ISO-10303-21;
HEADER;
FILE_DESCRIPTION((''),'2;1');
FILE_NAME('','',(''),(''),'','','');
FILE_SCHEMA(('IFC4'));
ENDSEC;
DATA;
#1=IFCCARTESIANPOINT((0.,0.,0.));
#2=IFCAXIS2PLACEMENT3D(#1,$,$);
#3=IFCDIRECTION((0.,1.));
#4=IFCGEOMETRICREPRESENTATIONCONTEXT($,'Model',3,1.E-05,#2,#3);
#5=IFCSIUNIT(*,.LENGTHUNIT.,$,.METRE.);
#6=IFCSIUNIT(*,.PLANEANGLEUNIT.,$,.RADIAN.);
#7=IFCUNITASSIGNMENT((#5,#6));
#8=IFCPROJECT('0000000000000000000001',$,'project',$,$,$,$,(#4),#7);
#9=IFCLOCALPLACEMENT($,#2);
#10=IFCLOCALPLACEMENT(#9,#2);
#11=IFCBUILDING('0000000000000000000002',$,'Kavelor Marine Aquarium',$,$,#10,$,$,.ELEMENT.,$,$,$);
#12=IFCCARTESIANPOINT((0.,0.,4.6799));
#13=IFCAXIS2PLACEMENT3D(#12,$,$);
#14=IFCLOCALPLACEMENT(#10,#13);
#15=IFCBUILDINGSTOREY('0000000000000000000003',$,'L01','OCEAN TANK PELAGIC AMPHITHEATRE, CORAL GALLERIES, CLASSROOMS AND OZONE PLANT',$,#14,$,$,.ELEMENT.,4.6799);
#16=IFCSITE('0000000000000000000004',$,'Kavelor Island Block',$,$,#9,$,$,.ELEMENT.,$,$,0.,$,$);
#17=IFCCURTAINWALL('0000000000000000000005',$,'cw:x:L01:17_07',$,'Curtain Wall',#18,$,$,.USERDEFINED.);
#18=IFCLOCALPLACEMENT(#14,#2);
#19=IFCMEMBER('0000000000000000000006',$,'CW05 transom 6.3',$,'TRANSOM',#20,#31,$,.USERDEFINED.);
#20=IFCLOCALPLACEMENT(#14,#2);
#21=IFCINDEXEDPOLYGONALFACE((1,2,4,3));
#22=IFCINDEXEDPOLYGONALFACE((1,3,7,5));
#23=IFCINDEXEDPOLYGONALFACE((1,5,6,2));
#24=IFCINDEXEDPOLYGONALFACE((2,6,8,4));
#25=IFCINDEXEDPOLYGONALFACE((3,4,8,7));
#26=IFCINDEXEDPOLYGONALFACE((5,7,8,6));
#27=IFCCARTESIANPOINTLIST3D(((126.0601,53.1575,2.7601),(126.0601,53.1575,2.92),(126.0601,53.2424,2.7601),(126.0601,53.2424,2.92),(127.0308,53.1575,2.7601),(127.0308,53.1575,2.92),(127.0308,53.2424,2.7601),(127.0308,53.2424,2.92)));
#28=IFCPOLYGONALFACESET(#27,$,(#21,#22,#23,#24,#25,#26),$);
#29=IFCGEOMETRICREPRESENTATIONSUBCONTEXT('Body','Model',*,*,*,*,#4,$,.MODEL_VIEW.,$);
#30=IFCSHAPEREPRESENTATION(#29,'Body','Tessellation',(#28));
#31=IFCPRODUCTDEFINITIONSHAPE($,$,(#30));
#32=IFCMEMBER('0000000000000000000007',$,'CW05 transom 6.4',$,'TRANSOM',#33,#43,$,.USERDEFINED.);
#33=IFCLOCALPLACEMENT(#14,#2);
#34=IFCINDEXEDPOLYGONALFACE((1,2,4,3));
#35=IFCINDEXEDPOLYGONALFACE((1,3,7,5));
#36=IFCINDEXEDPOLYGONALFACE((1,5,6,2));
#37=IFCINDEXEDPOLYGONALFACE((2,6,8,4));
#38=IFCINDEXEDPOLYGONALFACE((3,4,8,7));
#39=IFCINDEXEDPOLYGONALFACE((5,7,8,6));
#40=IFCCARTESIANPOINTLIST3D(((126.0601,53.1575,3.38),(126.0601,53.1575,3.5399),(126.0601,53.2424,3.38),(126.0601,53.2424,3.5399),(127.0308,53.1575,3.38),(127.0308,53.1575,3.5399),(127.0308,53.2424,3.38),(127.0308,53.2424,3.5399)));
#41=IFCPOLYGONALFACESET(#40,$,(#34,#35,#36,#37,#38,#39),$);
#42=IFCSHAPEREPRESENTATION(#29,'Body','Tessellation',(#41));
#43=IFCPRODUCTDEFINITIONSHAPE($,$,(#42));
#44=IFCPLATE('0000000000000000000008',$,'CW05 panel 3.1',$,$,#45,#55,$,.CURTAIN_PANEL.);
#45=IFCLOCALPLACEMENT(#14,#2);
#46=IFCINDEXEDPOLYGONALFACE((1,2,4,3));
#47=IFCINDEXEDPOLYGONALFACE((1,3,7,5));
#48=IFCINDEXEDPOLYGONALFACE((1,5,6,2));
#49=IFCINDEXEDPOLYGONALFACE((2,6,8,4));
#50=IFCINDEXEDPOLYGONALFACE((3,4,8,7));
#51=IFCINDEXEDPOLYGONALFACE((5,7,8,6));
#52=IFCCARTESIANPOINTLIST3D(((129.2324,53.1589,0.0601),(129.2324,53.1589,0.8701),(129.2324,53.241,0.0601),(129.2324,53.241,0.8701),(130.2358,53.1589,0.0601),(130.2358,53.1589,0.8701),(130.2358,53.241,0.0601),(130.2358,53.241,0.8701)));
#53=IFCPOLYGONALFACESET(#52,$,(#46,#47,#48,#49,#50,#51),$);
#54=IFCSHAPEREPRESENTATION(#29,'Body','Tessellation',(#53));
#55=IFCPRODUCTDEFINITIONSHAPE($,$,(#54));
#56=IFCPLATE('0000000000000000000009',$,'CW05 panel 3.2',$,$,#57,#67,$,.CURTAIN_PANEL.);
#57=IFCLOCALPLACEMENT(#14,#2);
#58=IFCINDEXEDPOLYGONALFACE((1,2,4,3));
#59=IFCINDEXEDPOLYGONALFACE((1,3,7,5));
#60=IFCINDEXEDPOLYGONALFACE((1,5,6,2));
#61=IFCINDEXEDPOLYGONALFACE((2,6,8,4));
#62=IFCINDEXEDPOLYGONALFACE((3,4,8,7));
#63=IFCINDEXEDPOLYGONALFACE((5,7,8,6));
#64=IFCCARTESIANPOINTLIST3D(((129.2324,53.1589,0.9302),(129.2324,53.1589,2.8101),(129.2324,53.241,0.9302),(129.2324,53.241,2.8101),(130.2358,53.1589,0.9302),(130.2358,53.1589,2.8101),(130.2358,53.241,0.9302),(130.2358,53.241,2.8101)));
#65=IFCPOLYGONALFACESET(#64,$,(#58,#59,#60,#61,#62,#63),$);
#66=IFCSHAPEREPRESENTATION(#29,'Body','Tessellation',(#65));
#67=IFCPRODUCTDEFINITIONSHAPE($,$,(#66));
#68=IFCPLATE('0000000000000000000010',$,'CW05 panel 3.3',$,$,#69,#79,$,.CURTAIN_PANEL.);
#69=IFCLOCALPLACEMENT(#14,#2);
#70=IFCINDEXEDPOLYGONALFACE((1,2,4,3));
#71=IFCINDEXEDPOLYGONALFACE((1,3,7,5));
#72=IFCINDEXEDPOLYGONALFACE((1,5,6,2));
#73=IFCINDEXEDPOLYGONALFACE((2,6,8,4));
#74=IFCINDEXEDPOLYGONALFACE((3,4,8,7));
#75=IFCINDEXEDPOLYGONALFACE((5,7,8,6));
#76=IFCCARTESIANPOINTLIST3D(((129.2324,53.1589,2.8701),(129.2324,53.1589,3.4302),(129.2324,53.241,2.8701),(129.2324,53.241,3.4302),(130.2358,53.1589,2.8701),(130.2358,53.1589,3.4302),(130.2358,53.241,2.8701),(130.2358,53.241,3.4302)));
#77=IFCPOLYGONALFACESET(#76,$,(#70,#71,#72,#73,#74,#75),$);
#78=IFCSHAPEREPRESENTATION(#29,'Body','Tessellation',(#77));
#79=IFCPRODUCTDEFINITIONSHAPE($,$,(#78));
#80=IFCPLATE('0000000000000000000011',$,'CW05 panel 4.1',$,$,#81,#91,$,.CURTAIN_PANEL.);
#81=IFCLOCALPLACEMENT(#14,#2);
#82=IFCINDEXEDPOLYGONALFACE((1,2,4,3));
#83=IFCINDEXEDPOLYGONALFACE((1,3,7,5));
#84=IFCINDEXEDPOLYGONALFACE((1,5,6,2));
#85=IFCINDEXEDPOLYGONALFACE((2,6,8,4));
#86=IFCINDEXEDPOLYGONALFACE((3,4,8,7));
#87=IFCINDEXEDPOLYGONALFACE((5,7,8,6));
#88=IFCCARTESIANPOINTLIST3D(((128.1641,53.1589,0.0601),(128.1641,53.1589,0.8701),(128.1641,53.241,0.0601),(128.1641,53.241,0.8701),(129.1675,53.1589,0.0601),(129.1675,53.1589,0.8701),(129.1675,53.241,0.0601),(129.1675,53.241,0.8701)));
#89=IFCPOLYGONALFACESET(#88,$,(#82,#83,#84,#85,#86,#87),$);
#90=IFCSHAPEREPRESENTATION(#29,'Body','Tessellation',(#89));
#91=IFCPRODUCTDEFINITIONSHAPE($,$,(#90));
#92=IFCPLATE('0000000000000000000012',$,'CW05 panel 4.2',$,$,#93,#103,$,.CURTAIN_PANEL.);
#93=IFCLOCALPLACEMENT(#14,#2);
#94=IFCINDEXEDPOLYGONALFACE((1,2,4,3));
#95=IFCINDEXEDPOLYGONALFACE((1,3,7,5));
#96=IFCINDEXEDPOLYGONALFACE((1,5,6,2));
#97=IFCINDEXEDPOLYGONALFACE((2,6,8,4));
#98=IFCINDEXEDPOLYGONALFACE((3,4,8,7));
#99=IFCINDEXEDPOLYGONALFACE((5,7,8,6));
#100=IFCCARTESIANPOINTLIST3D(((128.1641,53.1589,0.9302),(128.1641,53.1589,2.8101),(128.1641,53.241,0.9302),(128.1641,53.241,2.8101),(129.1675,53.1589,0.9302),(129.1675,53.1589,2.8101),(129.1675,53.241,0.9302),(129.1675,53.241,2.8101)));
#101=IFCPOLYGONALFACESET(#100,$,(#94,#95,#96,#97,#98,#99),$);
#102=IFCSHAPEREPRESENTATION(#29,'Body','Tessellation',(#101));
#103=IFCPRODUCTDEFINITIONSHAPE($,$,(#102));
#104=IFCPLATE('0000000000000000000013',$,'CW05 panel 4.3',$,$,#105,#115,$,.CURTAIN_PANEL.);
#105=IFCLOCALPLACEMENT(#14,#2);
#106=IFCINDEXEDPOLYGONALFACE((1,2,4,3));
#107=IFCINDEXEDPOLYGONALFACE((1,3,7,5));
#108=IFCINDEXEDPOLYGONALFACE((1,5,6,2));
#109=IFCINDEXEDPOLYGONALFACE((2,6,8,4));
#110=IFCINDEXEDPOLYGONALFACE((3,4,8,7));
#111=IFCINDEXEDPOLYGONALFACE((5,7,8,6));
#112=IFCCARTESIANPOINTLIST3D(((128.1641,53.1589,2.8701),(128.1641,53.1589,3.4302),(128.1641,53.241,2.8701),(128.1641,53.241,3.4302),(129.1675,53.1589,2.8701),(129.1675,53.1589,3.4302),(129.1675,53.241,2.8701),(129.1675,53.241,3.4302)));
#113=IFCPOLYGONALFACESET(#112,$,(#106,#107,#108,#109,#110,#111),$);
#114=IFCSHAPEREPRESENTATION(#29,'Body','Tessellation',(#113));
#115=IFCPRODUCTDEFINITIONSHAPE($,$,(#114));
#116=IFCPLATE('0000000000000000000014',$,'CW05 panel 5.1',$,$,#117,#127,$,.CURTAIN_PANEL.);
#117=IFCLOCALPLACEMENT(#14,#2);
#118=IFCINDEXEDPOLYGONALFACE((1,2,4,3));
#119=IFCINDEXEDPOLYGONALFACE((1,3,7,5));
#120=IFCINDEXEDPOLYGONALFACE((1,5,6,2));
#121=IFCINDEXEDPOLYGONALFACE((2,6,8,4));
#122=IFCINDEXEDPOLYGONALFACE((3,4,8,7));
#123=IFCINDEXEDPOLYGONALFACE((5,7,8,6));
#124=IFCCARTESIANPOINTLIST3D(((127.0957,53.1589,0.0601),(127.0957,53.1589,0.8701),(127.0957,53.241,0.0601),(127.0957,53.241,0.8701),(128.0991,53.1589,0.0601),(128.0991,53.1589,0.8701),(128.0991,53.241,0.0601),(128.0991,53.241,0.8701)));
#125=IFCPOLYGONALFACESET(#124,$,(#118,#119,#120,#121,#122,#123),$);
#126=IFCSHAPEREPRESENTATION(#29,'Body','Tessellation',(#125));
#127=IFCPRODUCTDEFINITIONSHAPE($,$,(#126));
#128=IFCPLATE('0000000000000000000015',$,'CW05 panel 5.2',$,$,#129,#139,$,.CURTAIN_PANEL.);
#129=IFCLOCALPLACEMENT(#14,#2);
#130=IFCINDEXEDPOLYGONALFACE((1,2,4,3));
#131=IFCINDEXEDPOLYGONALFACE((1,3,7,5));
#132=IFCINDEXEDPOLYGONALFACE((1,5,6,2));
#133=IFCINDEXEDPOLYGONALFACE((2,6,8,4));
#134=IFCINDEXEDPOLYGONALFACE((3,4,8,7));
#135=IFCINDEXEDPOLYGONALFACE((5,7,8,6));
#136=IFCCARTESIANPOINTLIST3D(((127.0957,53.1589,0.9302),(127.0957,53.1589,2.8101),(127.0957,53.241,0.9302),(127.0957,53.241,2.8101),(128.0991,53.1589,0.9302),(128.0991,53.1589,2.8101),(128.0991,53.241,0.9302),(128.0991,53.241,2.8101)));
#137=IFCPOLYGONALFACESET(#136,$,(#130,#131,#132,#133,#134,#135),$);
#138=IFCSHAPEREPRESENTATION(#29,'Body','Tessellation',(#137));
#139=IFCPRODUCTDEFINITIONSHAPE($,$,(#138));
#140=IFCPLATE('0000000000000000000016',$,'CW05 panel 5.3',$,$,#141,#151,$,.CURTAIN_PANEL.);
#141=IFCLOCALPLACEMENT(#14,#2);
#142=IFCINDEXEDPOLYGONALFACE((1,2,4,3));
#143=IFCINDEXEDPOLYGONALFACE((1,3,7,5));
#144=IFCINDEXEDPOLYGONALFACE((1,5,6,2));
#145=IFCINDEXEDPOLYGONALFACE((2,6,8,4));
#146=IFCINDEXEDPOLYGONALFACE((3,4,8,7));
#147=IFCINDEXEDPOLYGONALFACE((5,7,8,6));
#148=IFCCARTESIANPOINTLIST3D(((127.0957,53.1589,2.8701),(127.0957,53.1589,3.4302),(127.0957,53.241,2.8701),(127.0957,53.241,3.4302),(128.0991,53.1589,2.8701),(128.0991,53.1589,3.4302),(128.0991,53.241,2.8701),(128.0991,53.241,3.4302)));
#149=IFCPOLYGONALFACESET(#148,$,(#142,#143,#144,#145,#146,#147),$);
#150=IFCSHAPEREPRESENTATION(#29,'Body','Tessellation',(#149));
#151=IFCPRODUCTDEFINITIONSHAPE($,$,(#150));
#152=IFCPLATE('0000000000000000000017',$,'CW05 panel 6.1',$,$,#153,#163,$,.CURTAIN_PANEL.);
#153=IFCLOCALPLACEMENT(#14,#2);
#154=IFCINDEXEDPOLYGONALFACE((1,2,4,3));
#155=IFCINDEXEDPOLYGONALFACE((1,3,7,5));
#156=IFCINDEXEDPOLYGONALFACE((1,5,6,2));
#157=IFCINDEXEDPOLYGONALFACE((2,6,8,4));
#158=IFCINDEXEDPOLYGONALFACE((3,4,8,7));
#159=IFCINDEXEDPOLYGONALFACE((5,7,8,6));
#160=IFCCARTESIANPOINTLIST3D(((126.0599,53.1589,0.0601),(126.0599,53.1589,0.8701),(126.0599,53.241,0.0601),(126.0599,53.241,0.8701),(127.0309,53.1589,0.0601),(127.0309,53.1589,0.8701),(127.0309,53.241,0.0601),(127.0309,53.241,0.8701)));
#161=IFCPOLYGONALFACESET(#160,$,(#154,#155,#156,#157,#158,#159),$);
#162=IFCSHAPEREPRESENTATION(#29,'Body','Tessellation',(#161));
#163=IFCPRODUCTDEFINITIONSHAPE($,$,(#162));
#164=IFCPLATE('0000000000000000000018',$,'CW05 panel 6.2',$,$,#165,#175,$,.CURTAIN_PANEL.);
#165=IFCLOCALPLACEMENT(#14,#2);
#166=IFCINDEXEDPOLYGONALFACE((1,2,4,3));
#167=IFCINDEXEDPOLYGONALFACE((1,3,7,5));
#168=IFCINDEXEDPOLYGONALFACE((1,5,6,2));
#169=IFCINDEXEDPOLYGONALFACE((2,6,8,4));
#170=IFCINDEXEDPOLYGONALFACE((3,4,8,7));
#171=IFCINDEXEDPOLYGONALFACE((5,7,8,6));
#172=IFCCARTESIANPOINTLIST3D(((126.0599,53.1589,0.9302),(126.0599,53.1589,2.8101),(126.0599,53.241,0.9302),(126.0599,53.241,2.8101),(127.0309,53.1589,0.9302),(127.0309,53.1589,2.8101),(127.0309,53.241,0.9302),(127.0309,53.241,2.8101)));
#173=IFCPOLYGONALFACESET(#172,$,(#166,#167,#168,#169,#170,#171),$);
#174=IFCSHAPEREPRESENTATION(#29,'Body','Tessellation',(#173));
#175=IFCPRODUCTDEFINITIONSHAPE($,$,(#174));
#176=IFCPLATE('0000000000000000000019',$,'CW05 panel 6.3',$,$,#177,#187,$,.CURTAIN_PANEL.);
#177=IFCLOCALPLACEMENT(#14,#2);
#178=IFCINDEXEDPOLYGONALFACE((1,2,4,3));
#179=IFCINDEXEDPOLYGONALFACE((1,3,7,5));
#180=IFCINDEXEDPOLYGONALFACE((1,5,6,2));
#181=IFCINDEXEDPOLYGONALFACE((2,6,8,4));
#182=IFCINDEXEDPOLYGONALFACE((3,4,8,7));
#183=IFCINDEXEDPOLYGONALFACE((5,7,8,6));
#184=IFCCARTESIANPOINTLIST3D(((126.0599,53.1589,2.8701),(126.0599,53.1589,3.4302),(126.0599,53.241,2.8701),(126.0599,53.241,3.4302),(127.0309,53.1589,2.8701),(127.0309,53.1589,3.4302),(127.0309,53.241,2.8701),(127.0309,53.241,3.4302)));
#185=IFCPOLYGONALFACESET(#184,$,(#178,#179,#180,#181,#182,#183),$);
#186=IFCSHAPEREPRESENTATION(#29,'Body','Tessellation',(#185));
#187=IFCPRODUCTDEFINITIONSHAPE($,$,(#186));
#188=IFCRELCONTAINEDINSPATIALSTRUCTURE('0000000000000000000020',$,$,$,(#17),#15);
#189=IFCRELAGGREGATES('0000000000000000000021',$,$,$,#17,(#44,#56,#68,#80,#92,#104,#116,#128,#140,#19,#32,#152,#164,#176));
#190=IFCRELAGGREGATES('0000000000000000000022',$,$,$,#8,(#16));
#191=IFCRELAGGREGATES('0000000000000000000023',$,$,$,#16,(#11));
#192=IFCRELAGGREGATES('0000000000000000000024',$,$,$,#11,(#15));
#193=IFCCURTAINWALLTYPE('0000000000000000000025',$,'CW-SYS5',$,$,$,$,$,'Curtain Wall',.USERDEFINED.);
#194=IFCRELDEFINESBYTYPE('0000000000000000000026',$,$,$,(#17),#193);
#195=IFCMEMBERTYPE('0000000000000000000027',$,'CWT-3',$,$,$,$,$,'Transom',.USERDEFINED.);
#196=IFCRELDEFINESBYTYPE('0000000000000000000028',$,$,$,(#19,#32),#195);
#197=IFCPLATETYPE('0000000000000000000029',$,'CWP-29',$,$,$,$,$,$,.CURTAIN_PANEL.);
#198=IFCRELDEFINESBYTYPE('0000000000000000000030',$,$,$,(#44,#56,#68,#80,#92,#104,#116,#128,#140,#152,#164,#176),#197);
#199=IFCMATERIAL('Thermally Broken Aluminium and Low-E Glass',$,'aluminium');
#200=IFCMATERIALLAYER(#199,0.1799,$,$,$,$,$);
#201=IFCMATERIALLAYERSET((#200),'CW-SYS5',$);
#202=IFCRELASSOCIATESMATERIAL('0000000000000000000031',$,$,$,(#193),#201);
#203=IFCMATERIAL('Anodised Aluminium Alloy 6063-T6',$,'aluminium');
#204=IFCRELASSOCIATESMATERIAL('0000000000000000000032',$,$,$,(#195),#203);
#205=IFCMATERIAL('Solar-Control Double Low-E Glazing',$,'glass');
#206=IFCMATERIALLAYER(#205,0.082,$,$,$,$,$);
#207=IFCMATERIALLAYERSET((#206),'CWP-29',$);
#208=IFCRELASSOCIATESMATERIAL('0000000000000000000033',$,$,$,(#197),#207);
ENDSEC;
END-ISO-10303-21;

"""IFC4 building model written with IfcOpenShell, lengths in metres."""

from ifc_helpers import new_model, si_unit, direction, frame, origin, origin_2d, place, context, subcontext, project, spatial, rectangle, extrude, material, layer, layer_set, material_profile, profile_set, type_object, element, aggregate, save


model = new_model("IFC4")

# Units and contexts
model_context = context("Model", 3, precision=1e-05, world=origin(), true_north=direction((0.0, 1.0)))
body_context = subcontext(model_context, "Body", "Model", "MODEL_VIEW")
ifc_project = project(units=[si_unit("LENGTHUNIT", "METRE"), si_unit("PLANEANGLEUNIT", "RADIAN")], contexts=[model_context])

# Site, building, storey
site_placement = place(None, origin())
site = spatial("IfcSite", under=ifc_project, at=site_placement, Name="Kavelor Island Block", CompositionType="ELEMENT", RefElevation=0.0)
building_placement = place(site_placement, origin())
building = spatial("IfcBuilding", under=site, at=building_placement, Name="Kavelor Marine Aquarium", CompositionType="ELEMENT")
storey_placement = place(building_placement, frame((0.0, 0.0, 4.6799)))
storey = spatial("IfcBuildingStorey", under=building, at=storey_placement, Name="L01", Description="OCEAN TANK PELAGIC AMPHITHEATRE, CORAL GALLERIES, CLASSROOMS AND OZONE PLANT", CompositionType="ELEMENT", Elevation=4.6799)

# Curtain wall, members, plates
ifc_material_1 = material(Name="Thermally Broken Aluminium and Low-E Glass", Category="aluminium")
ifc_layer_1 = layer(ifc_material_1, 0.1799)
ifc_layer_set_1 = layer_set([ifc_layer_1], Name="CW-SYS5")
curtain_wall_type = type_object("IfcCurtainWallType", Name="CW-SYS5", ElementType="Curtain Wall", PredefinedType="USERDEFINED", material=ifc_layer_set_1)
curtain_wall_placement = place(storey_placement, origin())
curtain_wall = element("IfcCurtainWall", 1, at=curtain_wall_placement, inside=storey, type_object=curtain_wall_type, Name="cw:x:L01:17_07", ObjectType="Curtain Wall", PredefinedType="USERDEFINED")
ifc_material_2 = material(Name="Anodised Aluminium Alloy 6063-T6", Category="aluminium")
ifc_material_profile_1 = material_profile(ifc_material_2, rectangle(XDim=0.085, YDim=0.1599, at=origin_2d()), Name="CW-TRN 85x160")
ifc_profile_set_1 = profile_set([ifc_material_profile_1], Name="Anodised Aluminium Alloy 6063-T6")
member_type_1 = type_object("IfcMemberType", Name="CWT-3", ElementType="Transom", PredefinedType="USERDEFINED", material=ifc_profile_set_1)
member_1_placement = place(storey_placement, frame((127.0308, 53.2, 2.8401), z_axis=(-1.0, 0.0, 0.0), x_axis=(0.0, -1.0, 0.0)))
member_1 = element("IfcMember", 2, at=member_1_placement, type_object=member_type_1, Name="CW05 transom 6.3", ObjectType="TRANSOM", PredefinedType="USERDEFINED", context=body_context, shape_type="SweptSolid", body=[
    extrude(rectangle(XDim=0.085, YDim=0.1599, at=origin_2d()), origin(), (0.0, 0.0, 1.0), 0.9707),
])
member_2_placement = place(storey_placement, frame((127.0308, 53.2, 3.46), z_axis=(-1.0, 0.0, 0.0), x_axis=(0.0, -1.0, 0.0)))
member_2 = element("IfcMember", 3, at=member_2_placement, type_object=member_type_1, Name="CW05 transom 6.4", ObjectType="TRANSOM", PredefinedType="USERDEFINED", context=body_context, shape_type="SweptSolid", body=[
    extrude(rectangle(XDim=0.085, YDim=0.1599, at=origin_2d()), origin(), (0.0, 0.0, 1.0), 0.9707),
])
ifc_material_3 = material(Name="Solar-Control Double Low-E Glazing", Category="glass")
ifc_layer_2 = layer(ifc_material_3, 0.082)
ifc_layer_set_2 = layer_set([ifc_layer_2], Name="CWP-29")
plate_type = type_object("IfcPlateType", Name="CWP-29", PredefinedType="CURTAIN_PANEL", material=ifc_layer_set_2)
plate_1_placement = place(storey_placement, frame((129.7341, 53.2, 0.0601), z_axis=(0.0, 0.0, 1.0), x_axis=(-1.0, 0.0, 0.0)))
plate_1 = element("IfcPlate", 4, at=plate_1_placement, type_object=plate_type, Name="CW05 panel 3.1", PredefinedType="CURTAIN_PANEL", context=body_context, shape_type="SweptSolid", body=[
    extrude(rectangle(XDim=1.0034, YDim=0.082, at=origin_2d()), origin(), (0.0, 0.0, 1.0), 0.8101),
])
plate_2_placement = place(storey_placement, frame((129.7341, 53.2, 0.9302), z_axis=(0.0, 0.0, 1.0), x_axis=(-1.0, 0.0, 0.0)))
plate_2 = element("IfcPlate", 5, at=plate_2_placement, type_object=plate_type, Name="CW05 panel 3.2", PredefinedType="CURTAIN_PANEL", context=body_context, shape_type="SweptSolid", body=[
    extrude(rectangle(XDim=1.0034, YDim=0.082, at=origin_2d()), origin(), (0.0, 0.0, 1.0), 1.8799),
])
plate_3_placement = place(storey_placement, frame((129.7341, 53.2, 2.8701), z_axis=(0.0, 0.0, 1.0), x_axis=(-1.0, 0.0, 0.0)))
plate_3 = element("IfcPlate", 6, at=plate_3_placement, type_object=plate_type, Name="CW05 panel 3.3", PredefinedType="CURTAIN_PANEL", context=body_context, shape_type="SweptSolid", body=[
    extrude(rectangle(XDim=1.0034, YDim=0.082, at=origin_2d()), origin(), (0.0, 0.0, 1.0), 0.5601),
])
plate_4_placement = place(storey_placement, frame((128.6658, 53.2, 0.0601), z_axis=(0.0, 0.0, 1.0), x_axis=(-1.0, 0.0, 0.0)))
plate_4 = element("IfcPlate", 7, at=plate_4_placement, type_object=plate_type, Name="CW05 panel 4.1", PredefinedType="CURTAIN_PANEL", context=body_context, shape_type="SweptSolid", body=[
    extrude(rectangle(XDim=1.0034, YDim=0.082, at=origin_2d()), origin(), (0.0, 0.0, 1.0), 0.8101),
])
plate_5_placement = place(storey_placement, frame((128.6658, 53.2, 0.9302), z_axis=(0.0, 0.0, 1.0), x_axis=(-1.0, 0.0, 0.0)))
plate_5 = element("IfcPlate", 8, at=plate_5_placement, type_object=plate_type, Name="CW05 panel 4.2", PredefinedType="CURTAIN_PANEL", context=body_context, shape_type="SweptSolid", body=[
    extrude(rectangle(XDim=1.0034, YDim=0.082, at=origin_2d()), origin(), (0.0, 0.0, 1.0), 1.8799),
])
plate_6_placement = place(storey_placement, frame((128.6658, 53.2, 2.8701), z_axis=(0.0, 0.0, 1.0), x_axis=(-1.0, 0.0, 0.0)))
plate_6 = element("IfcPlate", 9, at=plate_6_placement, type_object=plate_type, Name="CW05 panel 4.3", PredefinedType="CURTAIN_PANEL", context=body_context, shape_type="SweptSolid", body=[
    extrude(rectangle(XDim=1.0034, YDim=0.082, at=origin_2d()), origin(), (0.0, 0.0, 1.0), 0.5601),
])
plate_7_placement = place(storey_placement, frame((127.5974, 53.2, 0.0601), z_axis=(0.0, 0.0, 1.0), x_axis=(-1.0, 0.0, 0.0)))
plate_7 = element("IfcPlate", 10, at=plate_7_placement, type_object=plate_type, Name="CW05 panel 5.1", PredefinedType="CURTAIN_PANEL", context=body_context, shape_type="SweptSolid", body=[
    extrude(rectangle(XDim=1.0034, YDim=0.082, at=origin_2d()), origin(), (0.0, 0.0, 1.0), 0.8101),
])
plate_8_placement = place(storey_placement, frame((127.5974, 53.2, 0.9302), z_axis=(0.0, 0.0, 1.0), x_axis=(-1.0, 0.0, 0.0)))
plate_8 = element("IfcPlate", 11, at=plate_8_placement, type_object=plate_type, Name="CW05 panel 5.2", PredefinedType="CURTAIN_PANEL", context=body_context, shape_type="SweptSolid", body=[
    extrude(rectangle(XDim=1.0034, YDim=0.082, at=origin_2d()), origin(), (0.0, 0.0, 1.0), 1.8799),
])
plate_9_placement = place(storey_placement, frame((127.5974, 53.2, 2.8701), z_axis=(0.0, 0.0, 1.0), x_axis=(-1.0, 0.0, 0.0)))
plate_9 = element("IfcPlate", 12, at=plate_9_placement, type_object=plate_type, Name="CW05 panel 5.3", PredefinedType="CURTAIN_PANEL", context=body_context, shape_type="SweptSolid", body=[
    extrude(rectangle(XDim=1.0034, YDim=0.082, at=origin_2d()), origin(), (0.0, 0.0, 1.0), 0.5601),
])
plate_10_placement = place(storey_placement, frame((126.5454, 53.2, 0.0601), z_axis=(0.0, 0.0, 1.0), x_axis=(-1.0, 0.0, 0.0)))
plate_10 = element("IfcPlate", 13, at=plate_10_placement, type_object=plate_type, Name="CW05 panel 6.1", PredefinedType="CURTAIN_PANEL", context=body_context, shape_type="SweptSolid", body=[
    extrude(rectangle(XDim=0.9709, YDim=0.082, at=origin_2d()), origin(), (0.0, 0.0, 1.0), 0.8101),
])
plate_11_placement = place(storey_placement, frame((126.5454, 53.2, 0.9302), z_axis=(0.0, 0.0, 1.0), x_axis=(-1.0, 0.0, 0.0)))
plate_11 = element("IfcPlate", 14, at=plate_11_placement, type_object=plate_type, Name="CW05 panel 6.2", PredefinedType="CURTAIN_PANEL", context=body_context, shape_type="SweptSolid", body=[
    extrude(rectangle(XDim=0.9709, YDim=0.082, at=origin_2d()), origin(), (0.0, 0.0, 1.0), 1.8799),
])
plate_12_placement = place(storey_placement, frame((126.5454, 53.2, 2.8701), z_axis=(0.0, 0.0, 1.0), x_axis=(-1.0, 0.0, 0.0)))
plate_12 = element("IfcPlate", 15, at=plate_12_placement, type_object=plate_type, Name="CW05 panel 6.3", PredefinedType="CURTAIN_PANEL", context=body_context, shape_type="SweptSolid", body=[
    extrude(rectangle(XDim=0.9709, YDim=0.082, at=origin_2d()), origin(), (0.0, 0.0, 1.0), 0.5601),
])
aggregate(curtain_wall, [plate_1, plate_2, plate_3, plate_4, plate_5, plate_6, plate_7, plate_8, plate_9, member_1, member_2, plate_10, plate_11, plate_12])

save(model, "model.ifc")
